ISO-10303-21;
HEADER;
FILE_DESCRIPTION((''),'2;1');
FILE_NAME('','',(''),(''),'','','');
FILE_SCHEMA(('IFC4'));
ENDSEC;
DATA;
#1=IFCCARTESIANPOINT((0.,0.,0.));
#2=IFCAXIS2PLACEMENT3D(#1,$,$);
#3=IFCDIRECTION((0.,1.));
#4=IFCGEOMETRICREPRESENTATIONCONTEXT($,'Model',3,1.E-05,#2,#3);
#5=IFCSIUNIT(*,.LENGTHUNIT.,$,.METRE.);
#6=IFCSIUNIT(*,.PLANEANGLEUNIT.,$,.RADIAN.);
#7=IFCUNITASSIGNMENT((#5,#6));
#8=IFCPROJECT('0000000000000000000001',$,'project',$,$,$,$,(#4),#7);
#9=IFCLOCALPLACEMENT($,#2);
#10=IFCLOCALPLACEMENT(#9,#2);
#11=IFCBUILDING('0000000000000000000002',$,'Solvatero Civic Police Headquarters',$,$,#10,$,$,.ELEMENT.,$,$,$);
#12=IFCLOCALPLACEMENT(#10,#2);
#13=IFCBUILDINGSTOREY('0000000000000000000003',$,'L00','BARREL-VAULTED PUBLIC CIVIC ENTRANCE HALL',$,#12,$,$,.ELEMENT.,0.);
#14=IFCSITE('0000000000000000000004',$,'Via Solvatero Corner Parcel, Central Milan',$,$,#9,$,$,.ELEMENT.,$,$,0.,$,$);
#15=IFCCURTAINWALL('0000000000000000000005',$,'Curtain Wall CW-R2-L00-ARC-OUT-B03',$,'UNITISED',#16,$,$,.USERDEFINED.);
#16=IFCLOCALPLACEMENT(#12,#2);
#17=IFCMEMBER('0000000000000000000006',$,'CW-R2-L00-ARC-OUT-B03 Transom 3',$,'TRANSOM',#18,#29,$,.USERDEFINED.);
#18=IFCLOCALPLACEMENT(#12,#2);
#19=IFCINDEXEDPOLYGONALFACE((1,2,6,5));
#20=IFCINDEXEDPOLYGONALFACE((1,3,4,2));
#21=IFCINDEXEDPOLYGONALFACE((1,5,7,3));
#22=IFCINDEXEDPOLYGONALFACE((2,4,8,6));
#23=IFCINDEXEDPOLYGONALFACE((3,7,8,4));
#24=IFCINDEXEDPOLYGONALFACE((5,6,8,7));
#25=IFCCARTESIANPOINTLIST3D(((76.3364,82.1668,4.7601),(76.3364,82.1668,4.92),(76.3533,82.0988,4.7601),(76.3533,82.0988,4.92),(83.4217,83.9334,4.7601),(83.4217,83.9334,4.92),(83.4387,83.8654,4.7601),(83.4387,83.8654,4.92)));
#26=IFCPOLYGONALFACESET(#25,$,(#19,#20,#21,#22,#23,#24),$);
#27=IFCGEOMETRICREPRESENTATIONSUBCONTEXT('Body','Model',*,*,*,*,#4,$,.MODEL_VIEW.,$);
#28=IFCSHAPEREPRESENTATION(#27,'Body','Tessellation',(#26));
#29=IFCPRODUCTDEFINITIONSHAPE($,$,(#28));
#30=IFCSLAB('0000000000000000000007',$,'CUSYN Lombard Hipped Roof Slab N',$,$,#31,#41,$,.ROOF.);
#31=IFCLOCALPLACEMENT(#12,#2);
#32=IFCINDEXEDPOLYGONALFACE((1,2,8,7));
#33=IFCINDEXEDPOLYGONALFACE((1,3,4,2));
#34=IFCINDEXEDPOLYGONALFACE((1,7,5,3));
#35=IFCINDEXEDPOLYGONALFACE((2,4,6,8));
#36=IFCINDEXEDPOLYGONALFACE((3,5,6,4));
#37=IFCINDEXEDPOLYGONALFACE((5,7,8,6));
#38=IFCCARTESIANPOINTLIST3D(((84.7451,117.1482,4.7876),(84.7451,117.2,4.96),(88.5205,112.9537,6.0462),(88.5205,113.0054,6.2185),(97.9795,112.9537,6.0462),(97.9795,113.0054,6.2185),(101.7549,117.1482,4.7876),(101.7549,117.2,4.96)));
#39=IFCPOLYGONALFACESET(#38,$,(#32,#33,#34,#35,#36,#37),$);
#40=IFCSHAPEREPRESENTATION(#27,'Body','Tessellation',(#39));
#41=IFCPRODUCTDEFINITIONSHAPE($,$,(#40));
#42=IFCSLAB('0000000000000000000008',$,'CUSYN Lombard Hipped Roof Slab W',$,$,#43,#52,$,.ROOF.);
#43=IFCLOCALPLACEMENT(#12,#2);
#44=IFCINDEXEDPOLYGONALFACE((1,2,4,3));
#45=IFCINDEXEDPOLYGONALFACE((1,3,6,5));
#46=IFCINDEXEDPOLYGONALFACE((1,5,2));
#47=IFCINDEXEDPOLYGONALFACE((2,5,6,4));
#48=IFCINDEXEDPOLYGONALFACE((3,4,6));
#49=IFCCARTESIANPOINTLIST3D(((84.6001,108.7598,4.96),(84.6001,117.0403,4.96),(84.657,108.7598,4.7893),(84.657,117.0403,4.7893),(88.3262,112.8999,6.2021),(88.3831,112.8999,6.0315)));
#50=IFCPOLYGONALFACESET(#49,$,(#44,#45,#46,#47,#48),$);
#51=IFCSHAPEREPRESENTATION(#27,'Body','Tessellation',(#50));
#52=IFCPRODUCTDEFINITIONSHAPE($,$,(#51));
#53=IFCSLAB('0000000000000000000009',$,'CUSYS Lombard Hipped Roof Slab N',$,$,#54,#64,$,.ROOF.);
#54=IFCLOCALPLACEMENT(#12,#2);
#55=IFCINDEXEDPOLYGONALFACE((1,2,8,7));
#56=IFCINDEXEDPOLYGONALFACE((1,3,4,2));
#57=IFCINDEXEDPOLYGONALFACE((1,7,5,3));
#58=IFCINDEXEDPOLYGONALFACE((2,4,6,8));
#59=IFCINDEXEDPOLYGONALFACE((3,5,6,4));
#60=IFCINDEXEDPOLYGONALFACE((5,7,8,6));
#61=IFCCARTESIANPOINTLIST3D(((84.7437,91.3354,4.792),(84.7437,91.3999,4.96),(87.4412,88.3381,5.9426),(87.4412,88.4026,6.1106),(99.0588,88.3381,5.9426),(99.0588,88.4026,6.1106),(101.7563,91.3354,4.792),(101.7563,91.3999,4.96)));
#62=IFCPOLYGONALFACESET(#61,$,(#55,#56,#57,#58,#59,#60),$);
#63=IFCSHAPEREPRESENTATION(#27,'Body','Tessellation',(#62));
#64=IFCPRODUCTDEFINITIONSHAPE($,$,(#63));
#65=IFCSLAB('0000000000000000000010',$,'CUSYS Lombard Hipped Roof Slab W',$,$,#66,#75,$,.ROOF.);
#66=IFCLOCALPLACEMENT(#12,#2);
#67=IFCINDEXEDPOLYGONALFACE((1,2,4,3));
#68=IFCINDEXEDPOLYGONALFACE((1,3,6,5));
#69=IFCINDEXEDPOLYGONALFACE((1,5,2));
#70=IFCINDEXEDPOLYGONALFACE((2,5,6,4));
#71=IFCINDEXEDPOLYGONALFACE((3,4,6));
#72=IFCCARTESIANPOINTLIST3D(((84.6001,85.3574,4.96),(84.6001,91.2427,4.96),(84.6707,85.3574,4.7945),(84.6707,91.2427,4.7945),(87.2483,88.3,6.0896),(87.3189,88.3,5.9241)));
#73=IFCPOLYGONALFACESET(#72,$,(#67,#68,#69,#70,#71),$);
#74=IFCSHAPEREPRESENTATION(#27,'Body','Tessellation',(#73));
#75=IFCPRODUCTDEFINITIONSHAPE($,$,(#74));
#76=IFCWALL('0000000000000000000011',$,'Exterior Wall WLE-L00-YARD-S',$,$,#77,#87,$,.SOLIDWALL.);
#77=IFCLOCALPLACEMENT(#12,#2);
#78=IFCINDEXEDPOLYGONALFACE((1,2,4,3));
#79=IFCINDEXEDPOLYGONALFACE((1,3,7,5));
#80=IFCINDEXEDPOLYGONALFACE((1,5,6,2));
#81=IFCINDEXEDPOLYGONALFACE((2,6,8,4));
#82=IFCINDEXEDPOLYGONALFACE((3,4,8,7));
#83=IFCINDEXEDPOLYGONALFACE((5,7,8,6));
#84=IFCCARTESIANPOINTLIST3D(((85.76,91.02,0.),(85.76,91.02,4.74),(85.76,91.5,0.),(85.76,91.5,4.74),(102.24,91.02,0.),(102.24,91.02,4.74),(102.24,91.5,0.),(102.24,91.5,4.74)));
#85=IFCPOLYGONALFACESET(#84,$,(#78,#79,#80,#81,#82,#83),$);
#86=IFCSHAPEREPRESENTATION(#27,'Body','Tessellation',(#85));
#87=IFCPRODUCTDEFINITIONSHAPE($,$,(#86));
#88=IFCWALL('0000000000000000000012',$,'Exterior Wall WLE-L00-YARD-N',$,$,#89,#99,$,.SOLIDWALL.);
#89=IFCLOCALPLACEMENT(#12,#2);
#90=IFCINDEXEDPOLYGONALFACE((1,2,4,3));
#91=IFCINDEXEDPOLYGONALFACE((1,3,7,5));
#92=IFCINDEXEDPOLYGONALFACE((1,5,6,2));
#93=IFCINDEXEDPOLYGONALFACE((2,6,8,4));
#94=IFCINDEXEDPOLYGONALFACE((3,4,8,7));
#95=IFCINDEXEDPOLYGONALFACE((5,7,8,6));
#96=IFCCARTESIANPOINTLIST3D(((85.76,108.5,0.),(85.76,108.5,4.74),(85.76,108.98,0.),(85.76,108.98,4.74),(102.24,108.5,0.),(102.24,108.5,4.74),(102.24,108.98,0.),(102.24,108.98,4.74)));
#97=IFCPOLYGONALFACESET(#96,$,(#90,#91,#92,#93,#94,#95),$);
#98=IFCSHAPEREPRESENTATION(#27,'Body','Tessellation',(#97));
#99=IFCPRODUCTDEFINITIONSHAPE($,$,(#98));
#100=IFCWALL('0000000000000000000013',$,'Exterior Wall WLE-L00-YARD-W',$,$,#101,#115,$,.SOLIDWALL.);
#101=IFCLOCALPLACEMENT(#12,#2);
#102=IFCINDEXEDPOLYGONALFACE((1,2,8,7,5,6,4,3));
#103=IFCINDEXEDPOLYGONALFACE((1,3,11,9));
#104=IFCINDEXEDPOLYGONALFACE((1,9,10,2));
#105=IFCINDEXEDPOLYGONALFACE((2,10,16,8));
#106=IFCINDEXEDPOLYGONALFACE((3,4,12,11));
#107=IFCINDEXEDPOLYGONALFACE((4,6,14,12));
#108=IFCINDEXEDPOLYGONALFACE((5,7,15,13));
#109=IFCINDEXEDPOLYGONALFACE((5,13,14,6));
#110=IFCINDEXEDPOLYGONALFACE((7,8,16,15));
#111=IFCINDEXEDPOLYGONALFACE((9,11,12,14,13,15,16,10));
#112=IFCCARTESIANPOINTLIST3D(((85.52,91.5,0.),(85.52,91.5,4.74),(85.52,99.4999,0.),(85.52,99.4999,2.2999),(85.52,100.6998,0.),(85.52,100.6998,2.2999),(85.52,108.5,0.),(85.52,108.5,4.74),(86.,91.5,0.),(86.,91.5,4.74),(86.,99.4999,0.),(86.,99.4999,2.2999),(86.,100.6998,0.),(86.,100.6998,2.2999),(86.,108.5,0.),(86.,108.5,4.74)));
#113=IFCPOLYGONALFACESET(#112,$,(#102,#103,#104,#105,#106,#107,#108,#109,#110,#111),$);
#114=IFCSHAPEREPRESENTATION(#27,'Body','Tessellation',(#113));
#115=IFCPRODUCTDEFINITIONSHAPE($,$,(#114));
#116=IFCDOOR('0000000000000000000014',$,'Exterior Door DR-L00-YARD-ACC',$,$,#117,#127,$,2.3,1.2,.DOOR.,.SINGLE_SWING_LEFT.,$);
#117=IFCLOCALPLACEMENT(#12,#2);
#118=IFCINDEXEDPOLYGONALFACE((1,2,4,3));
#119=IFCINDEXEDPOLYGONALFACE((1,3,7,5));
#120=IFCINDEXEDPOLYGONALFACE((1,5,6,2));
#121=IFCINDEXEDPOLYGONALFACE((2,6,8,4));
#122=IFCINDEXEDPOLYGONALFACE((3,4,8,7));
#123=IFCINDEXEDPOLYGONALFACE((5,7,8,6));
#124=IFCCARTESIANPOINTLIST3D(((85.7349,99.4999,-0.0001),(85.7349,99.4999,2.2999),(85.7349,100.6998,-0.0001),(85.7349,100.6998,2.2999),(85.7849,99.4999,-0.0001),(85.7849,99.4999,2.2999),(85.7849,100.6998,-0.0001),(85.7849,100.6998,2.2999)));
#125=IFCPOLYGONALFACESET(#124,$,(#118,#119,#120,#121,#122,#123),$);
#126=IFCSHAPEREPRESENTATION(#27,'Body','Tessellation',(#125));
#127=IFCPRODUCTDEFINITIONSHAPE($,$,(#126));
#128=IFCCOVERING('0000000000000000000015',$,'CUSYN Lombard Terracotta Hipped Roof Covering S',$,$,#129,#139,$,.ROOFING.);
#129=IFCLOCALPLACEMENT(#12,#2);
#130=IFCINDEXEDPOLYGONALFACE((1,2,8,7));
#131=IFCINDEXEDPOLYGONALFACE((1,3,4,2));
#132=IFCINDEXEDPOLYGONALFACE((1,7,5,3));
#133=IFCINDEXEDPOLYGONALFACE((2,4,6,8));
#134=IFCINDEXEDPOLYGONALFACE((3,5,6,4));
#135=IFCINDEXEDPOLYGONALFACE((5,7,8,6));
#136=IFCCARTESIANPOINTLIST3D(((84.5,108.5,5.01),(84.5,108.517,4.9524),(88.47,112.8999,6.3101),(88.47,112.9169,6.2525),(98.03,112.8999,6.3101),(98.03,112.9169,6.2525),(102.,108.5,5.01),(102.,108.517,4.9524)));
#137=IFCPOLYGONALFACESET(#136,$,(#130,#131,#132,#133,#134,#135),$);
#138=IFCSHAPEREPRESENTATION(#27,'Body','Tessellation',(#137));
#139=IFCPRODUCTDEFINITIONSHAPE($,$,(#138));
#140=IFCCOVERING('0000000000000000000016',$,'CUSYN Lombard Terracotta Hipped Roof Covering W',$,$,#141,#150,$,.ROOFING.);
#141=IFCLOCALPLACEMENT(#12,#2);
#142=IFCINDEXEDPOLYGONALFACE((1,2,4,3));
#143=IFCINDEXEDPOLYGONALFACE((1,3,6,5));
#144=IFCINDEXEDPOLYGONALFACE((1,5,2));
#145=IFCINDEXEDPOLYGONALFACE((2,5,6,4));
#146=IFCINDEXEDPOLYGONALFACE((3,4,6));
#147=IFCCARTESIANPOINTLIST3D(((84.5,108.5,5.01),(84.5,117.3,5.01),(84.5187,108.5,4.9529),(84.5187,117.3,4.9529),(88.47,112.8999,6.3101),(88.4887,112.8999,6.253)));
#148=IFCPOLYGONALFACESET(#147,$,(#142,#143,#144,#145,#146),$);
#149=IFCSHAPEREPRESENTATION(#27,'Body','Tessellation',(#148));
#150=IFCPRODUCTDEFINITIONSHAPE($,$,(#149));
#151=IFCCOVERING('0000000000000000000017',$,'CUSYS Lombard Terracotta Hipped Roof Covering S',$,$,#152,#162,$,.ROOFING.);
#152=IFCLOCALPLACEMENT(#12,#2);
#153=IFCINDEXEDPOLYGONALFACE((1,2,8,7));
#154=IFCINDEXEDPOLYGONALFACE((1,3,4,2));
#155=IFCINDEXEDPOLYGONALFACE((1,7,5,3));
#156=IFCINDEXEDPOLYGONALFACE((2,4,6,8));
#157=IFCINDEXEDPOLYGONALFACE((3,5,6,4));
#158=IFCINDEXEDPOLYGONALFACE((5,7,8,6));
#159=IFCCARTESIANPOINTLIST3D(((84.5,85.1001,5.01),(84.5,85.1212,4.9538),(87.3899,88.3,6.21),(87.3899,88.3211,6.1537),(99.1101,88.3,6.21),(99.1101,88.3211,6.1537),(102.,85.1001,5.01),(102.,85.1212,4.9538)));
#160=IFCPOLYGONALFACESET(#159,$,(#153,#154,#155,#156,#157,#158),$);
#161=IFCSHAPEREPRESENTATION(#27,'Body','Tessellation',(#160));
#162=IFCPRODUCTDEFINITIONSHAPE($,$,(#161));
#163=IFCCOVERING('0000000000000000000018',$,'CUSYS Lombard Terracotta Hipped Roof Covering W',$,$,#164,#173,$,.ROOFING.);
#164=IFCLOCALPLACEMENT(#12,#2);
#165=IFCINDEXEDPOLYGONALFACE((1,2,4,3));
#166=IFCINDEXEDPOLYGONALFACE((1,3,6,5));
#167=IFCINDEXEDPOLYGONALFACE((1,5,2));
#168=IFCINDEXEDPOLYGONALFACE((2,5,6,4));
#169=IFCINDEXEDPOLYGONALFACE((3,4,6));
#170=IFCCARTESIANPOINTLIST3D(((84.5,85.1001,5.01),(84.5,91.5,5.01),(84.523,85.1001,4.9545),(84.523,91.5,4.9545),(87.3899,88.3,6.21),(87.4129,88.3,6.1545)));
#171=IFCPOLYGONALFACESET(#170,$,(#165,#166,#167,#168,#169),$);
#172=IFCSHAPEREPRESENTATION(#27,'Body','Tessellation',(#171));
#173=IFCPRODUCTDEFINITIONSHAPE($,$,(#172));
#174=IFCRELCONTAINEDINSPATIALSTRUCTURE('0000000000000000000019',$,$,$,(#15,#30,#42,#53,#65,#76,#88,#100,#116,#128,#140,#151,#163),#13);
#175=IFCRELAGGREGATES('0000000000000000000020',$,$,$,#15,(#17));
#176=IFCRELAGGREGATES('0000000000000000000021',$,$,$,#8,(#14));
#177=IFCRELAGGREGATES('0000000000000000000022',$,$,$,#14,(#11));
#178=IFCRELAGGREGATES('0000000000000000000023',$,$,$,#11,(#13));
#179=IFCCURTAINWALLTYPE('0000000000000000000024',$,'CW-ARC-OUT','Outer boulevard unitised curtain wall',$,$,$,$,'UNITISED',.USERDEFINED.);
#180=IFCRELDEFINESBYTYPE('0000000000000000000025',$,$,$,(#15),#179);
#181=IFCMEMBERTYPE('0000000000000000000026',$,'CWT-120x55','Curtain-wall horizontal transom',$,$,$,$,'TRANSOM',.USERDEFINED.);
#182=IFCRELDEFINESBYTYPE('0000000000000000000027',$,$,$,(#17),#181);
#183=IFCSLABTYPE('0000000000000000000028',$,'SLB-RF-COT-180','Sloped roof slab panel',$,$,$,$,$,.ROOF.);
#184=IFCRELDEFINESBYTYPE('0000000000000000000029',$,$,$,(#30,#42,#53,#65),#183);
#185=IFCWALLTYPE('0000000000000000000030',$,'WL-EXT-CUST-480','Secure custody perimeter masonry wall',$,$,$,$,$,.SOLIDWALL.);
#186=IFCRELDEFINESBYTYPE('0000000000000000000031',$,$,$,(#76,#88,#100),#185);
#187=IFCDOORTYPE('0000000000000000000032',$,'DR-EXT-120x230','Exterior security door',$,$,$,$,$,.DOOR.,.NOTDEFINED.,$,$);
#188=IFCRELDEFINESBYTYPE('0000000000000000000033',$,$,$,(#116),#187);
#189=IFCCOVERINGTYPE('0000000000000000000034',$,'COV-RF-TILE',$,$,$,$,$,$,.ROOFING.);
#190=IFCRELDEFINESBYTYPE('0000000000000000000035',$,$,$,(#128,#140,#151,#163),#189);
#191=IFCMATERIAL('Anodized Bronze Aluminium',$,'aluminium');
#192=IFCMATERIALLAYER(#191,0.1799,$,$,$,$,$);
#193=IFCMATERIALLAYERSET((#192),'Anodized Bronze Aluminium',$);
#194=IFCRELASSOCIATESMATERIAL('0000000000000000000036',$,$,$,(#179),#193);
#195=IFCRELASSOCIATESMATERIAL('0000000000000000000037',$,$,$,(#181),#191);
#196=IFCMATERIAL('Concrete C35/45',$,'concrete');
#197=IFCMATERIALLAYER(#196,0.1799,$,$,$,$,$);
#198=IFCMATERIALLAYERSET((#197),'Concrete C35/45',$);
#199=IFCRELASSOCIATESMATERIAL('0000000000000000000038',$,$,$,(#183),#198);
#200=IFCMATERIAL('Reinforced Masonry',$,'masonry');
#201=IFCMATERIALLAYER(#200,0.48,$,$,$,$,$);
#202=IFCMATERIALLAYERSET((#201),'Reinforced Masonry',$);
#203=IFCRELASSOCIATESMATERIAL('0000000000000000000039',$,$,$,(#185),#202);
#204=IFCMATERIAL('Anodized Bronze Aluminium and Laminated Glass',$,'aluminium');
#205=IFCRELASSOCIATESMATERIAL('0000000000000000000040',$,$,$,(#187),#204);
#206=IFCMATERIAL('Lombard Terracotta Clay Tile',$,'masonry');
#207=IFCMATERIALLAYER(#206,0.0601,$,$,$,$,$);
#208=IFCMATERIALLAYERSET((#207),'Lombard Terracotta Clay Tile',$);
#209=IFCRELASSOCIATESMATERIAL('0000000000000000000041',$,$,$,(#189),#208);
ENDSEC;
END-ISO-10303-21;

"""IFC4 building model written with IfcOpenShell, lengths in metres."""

from ifc_helpers import new_model, si_unit, direction, frame, frame_2d, origin, origin_2d, place, context, subcontext, project, spatial, polyline, rectangle, outline, extrude, material, layer, layer_set, material_profile, profile_set, type_object, element, fill, aggregate, save


model = new_model("IFC4")

# Units and contexts
model_context = context("Model", 3, precision=1e-05, world=origin(), true_north=direction((0.0, 1.0)))
body_context = subcontext(model_context, "Body", "Model", "MODEL_VIEW")
ifc_project = project(units=[si_unit("LENGTHUNIT", "METRE"), si_unit("PLANEANGLEUNIT", "RADIAN")], contexts=[model_context])

# Site, building, storey
site_placement = place(None, origin())
site = spatial("IfcSite", under=ifc_project, at=site_placement, Name="Via Solvatero Corner Parcel, Central Milan", CompositionType="ELEMENT", RefElevation=0.0)
building_placement = place(site_placement, origin())
building = spatial("IfcBuilding", under=site, at=building_placement, Name="Solvatero Civic Police Headquarters", CompositionType="ELEMENT")
storey_placement = place(building_placement, origin())
storey = spatial("IfcBuildingStorey", under=building, at=storey_placement, Name="L00", Description="BARREL-VAULTED PUBLIC CIVIC ENTRANCE HALL", CompositionType="ELEMENT", Elevation=0.0)

# Curtain wall, member
ifc_material_1 = material(Name="Anodized Bronze Aluminium", Category="aluminium")
ifc_layer_1 = layer(ifc_material_1, 0.1799)
ifc_layer_set_1 = layer_set([ifc_layer_1], Name="Anodized Bronze Aluminium")
curtain_wall_type = type_object("IfcCurtainWallType", Name="CW-ARC-OUT", Description="Outer boulevard unitised curtain wall", ElementType="UNITISED", PredefinedType="USERDEFINED", material=ifc_layer_set_1)
curtain_wall_placement = place(storey_placement, origin())
curtain_wall = element("IfcCurtainWall", 1, at=curtain_wall_placement, inside=storey, type_object=curtain_wall_type, Name="Curtain Wall CW-R2-L00-ARC-OUT-B03", ObjectType="UNITISED", PredefinedType="USERDEFINED")
ifc_material_profile_1 = material_profile(ifc_material_1, rectangle(XDim=0.0701, YDim=0.1599, at=origin_2d()), Name="ALU TRANSOM 70x160")
ifc_profile_set_1 = profile_set([ifc_material_profile_1], Name="Anodized Bronze Aluminium")
member_type_1 = type_object("IfcMemberType", Name="CWT-120x55", Description="Curtain-wall horizontal transom", ElementType="TRANSOM", PredefinedType="USERDEFINED", material=ifc_profile_set_1)
member_1_placement = place(storey_placement, frame((83.4302, 83.8994, 4.8401), z_axis=(-0.970296, -0.241922, 0.0), x_axis=(0.241922, -0.970296, 0.0)))
member_1 = element("IfcMember", 2, at=member_1_placement, type_object=member_type_1, Name="CW-R2-L00-ARC-OUT-B03 Transom 3", ObjectType="TRANSOM", PredefinedType="USERDEFINED", context=body_context, shape_type="SweptSolid", body=[
    extrude(rectangle(XDim=0.0701, YDim=0.1599, at=origin_2d()), origin(), (0.0, 0.0, 1.0), 7.3022),
])
aggregate(curtain_wall, [member_1])

# Slabs
ifc_material_2 = material(Name="Concrete C35/45", Category="concrete")
ifc_layer_2 = layer(ifc_material_2, 0.1799)
ifc_layer_set_2 = layer_set([ifc_layer_2], Name="Concrete C35/45")
slab_type = type_object("IfcSlabType", Name="SLB-RF-COT-180", Description="Sloped roof slab panel", PredefinedType="ROOF", material=ifc_layer_set_2)
slab_1_placement = place(storey_placement, frame((88.5205, 113.0054, 6.2185), z_axis=(0.0, 0.287384, 0.957816), x_axis=(-0.652951, 0.72545, -0.217664)))
element("IfcSlab", 3, at=slab_1_placement, inside=storey, type_object=slab_type, Name="CUSYN Lombard Hipped Roof Slab N", PredefinedType="ROOF", context=body_context, shape_type="SweptSolid", body=[
    extrude(outline(polyline([(0.0, 0.0), (5.782, 0.0), (-5.3245, -12.8832), (-6.1763, -7.1642), (0.0, 0.0)])), origin(), (0.0, 0.0, -1.0), 0.1799),
])
slab_2_placement = place(storey_placement, frame((84.6001, 108.7598, 4.96), z_axis=(-0.316265, 0.0, 0.948671), x_axis=(0.0, 1.0, 0.0)))
element("IfcSlab", 4, at=slab_2_placement, inside=storey, type_object=slab_type, Name="CUSYN Lombard Hipped Roof Slab W", PredefinedType="ROOF", context=body_context, shape_type="SweptSolid", body=[
    extrude(outline(polyline([(0.0, 0.0), (8.2805, 0.0), (4.1401, -3.9277), (0.0, 0.0)])), origin(), (0.0, 0.0, -1.0), 0.1799),
])
slab_3_placement = place(storey_placement, frame((87.4412, 88.4026, 6.1106), z_axis=(0.0, 0.358388, 0.933573), x_axis=(-0.643279, 0.714773, -0.274393)))
element("IfcSlab", 5, at=slab_3_placement, inside=storey, type_object=slab_type, Name="CUSYS Lombard Hipped Roof Slab N", PredefinedType="ROOF", context=body_context, shape_type="SweptSolid", body=[
    extrude(outline(polyline([(0.0, 0.0), (4.1934, 0.0), (-6.7505, -13.0255), (-7.4734, -8.8949), (0.0, 0.0)])), origin(), (0.0, 0.0, -1.0), 0.1799),
])
slab_4_placement = place(storey_placement, frame((84.6001, 85.3574, 4.96), z_axis=(-0.392363, 0.0, 0.91981), x_axis=(0.0, 1.0, 0.0)))
element("IfcSlab", 6, at=slab_4_placement, inside=storey, type_object=slab_type, Name="CUSYS Lombard Hipped Roof Slab W", PredefinedType="ROOF", context=body_context, shape_type="SweptSolid", body=[
    extrude(outline(polyline([(0.0, 0.0), (5.8853, 0.0), (2.9426, -2.8791), (0.0, 0.0)])), origin(), (0.0, 0.0, -1.0), 0.1799),
])

# Walls
ifc_material_3 = material(Name="Reinforced Masonry", Category="masonry")
ifc_layer_3 = layer(ifc_material_3, 0.48)
ifc_layer_set_3 = layer_set([ifc_layer_3], Name="Reinforced Masonry")
wall_type = type_object("IfcWallType", Name="WL-EXT-CUST-480", Description="Secure custody perimeter masonry wall", PredefinedType="SOLIDWALL", material=ifc_layer_set_3)
for number, where, z_axis, x_axis, name in (
    (7, (85.76, 91.26, 0.0), (0.0, 0.0, 1.0), (1.0, 0.0, 0.0), "Exterior Wall WLE-L00-YARD-S"),
    (8, (85.76, 108.74, 0.0), (0.0, 0.0, 1.0), (1.0, 0.0, 0.0), "Exterior Wall WLE-L00-YARD-N"),
):
    element("IfcWall", number, at=place(storey_placement, frame(where, z_axis=z_axis, x_axis=x_axis)), inside=storey, type_object=wall_type, Name=name, PredefinedType="SOLIDWALL", context=body_context, shape_type="SweptSolid", body=[
        extrude(rectangle(XDim=16.48, YDim=0.48, at=frame_2d((8.24, 0.0))), origin(), (0.0, 0.0, 1.0), 4.74),
    ])

# Wall, opening, door
wall_placement = place(storey_placement, frame((85.76, 91.5, 0.0), z_axis=(0.0, 0.0, 1.0), x_axis=(0.0, 1.0, 0.0)))
wall = element("IfcWall", 9, at=wall_placement, inside=storey, type_object=wall_type, Name="Exterior Wall WLE-L00-YARD-W", PredefinedType="SOLIDWALL", context=body_context, shape_type="SweptSolid", body=[
    extrude(rectangle(XDim=17.0, YDim=0.48, at=frame_2d((8.5, 0.0))), origin(), (0.0, 0.0, 1.0), 4.74),
])
opening_placement = place(wall_placement, frame((9.2, 0.0, 0.0), z_axis=(0.0, 0.0, 1.0), x_axis=(-1.0, 0.0, 0.0)))
opening = element("IfcOpeningElement", 10, at=opening_placement, cuts=wall, PredefinedType="OPENING", context=body_context, shape_type="SweptSolid", body=[
    extrude(rectangle(XDim=1.2, YDim=2.3, at=frame_2d((0.6001, 1.1499))), frame((0.0, 0.25, 0.0), z_axis=(0.0, -1.0, 0.0), x_axis=(1.0, 0.0, 0.0)), (0.0, 0.0, 1.0), 0.5),
])
ifc_material_4 = material(Name="Anodized Bronze Aluminium and Laminated Glass", Category="aluminium")
door_type = type_object("IfcDoorType", Name="DR-EXT-120x230", Description="Exterior security door", OperationType="NOTDEFINED", PredefinedType="DOOR", material=ifc_material_4)
door_placement = place(opening_placement, origin())
door = element("IfcDoor", 11, at=door_placement, inside=storey, type_object=door_type, Name="Exterior Door DR-L00-YARD-ACC", OperationType="SINGLE_SWING_LEFT", OverallHeight=2.3, OverallWidth=1.2, PredefinedType="DOOR", context=body_context, shape_type="SweptSolid", body=[
    extrude(rectangle(XDim=1.2, YDim=2.3, at=frame_2d((0.6001, 1.1499))), frame((0.0, 0.0249, 0.0), z_axis=(0.0, -1.0, 0.0), x_axis=(1.0, 0.0, 0.0)), (0.0, 0.0, 1.0), 0.05),
])
fill(opening, door)

# Coverings
ifc_material_5 = material(Name="Lombard Terracotta Clay Tile", Category="masonry")
ifc_layer_4 = layer(ifc_material_5, 0.0601)
ifc_layer_set_4 = layer_set([ifc_layer_4], Name="Lombard Terracotta Clay Tile")
covering_type = type_object("IfcCoveringType", Name="COV-RF-TILE", PredefinedType="ROOFING", material=ifc_layer_set_4)
covering_1_placement = place(storey_placement, frame((84.5, 108.5, 5.01), z_axis=(0.0, -0.283362, 0.959013), x_axis=(1.0, 0.0, 0.0)))
element("IfcCovering", 12, at=covering_1_placement, inside=storey, type_object=covering_type, Name="CUSYN Lombard Terracotta Hipped Roof Covering S", PredefinedType="ROOFING", context=body_context, shape_type="SweptSolid", body=[
    extrude(outline(polyline([(0.0, 0.0), (17.5, 0.0), (13.53, 4.5879), (3.97, 4.5879), (0.0, 0.0)])), origin(), (0.0, 0.0, -1.0), 0.0601),
])
covering_2_placement = place(storey_placement, frame((84.5, 117.3, 5.01), z_axis=(-0.311209, 0.0, 0.950342), x_axis=(0.0, -1.0, 0.0)))
element("IfcCovering", 13, at=covering_2_placement, inside=storey, type_object=covering_type, Name="CUSYN Lombard Terracotta Hipped Roof Covering W", PredefinedType="ROOFING", context=body_context, shape_type="SweptSolid", body=[
    extrude(outline(polyline([(0.0, 0.0), (8.8, 0.0), (4.4001, 4.1774), (0.0, 0.0)])), origin(), (0.0, 0.0, -1.0), 0.0601),
])
covering_3_placement = place(storey_placement, frame((84.5, 85.1001, 5.01), z_axis=(0.0, -0.351116, 0.936332), x_axis=(1.0, 0.0, 0.0)))
element("IfcCovering", 14, at=covering_3_placement, inside=storey, type_object=covering_type, Name="CUSYS Lombard Terracotta Hipped Roof Covering S", PredefinedType="ROOFING", context=body_context, shape_type="SweptSolid", body=[
    extrude(outline(polyline([(0.0, 0.0), (17.5, 0.0), (14.6101, 3.4175), (2.8899, 3.4175), (0.0, 0.0)])), origin(), (0.0, 0.0, -1.0), 0.0601),
])
covering_4_placement = place(storey_placement, frame((84.5, 91.5, 5.01), z_axis=(-0.383479, 0.0, 0.923549), x_axis=(0.0, -1.0, 0.0)))
element("IfcCovering", 15, at=covering_4_placement, inside=storey, type_object=covering_type, Name="CUSYS Lombard Terracotta Hipped Roof Covering W", PredefinedType="ROOFING", context=body_context, shape_type="SweptSolid", body=[
    extrude(outline(polyline([(0.0, 0.0), (6.3999, 0.0), (3.2, 3.1291), (0.0, 0.0)])), origin(), (0.0, 0.0, -1.0), 0.0601),
])

save(model, "model.ifc")
